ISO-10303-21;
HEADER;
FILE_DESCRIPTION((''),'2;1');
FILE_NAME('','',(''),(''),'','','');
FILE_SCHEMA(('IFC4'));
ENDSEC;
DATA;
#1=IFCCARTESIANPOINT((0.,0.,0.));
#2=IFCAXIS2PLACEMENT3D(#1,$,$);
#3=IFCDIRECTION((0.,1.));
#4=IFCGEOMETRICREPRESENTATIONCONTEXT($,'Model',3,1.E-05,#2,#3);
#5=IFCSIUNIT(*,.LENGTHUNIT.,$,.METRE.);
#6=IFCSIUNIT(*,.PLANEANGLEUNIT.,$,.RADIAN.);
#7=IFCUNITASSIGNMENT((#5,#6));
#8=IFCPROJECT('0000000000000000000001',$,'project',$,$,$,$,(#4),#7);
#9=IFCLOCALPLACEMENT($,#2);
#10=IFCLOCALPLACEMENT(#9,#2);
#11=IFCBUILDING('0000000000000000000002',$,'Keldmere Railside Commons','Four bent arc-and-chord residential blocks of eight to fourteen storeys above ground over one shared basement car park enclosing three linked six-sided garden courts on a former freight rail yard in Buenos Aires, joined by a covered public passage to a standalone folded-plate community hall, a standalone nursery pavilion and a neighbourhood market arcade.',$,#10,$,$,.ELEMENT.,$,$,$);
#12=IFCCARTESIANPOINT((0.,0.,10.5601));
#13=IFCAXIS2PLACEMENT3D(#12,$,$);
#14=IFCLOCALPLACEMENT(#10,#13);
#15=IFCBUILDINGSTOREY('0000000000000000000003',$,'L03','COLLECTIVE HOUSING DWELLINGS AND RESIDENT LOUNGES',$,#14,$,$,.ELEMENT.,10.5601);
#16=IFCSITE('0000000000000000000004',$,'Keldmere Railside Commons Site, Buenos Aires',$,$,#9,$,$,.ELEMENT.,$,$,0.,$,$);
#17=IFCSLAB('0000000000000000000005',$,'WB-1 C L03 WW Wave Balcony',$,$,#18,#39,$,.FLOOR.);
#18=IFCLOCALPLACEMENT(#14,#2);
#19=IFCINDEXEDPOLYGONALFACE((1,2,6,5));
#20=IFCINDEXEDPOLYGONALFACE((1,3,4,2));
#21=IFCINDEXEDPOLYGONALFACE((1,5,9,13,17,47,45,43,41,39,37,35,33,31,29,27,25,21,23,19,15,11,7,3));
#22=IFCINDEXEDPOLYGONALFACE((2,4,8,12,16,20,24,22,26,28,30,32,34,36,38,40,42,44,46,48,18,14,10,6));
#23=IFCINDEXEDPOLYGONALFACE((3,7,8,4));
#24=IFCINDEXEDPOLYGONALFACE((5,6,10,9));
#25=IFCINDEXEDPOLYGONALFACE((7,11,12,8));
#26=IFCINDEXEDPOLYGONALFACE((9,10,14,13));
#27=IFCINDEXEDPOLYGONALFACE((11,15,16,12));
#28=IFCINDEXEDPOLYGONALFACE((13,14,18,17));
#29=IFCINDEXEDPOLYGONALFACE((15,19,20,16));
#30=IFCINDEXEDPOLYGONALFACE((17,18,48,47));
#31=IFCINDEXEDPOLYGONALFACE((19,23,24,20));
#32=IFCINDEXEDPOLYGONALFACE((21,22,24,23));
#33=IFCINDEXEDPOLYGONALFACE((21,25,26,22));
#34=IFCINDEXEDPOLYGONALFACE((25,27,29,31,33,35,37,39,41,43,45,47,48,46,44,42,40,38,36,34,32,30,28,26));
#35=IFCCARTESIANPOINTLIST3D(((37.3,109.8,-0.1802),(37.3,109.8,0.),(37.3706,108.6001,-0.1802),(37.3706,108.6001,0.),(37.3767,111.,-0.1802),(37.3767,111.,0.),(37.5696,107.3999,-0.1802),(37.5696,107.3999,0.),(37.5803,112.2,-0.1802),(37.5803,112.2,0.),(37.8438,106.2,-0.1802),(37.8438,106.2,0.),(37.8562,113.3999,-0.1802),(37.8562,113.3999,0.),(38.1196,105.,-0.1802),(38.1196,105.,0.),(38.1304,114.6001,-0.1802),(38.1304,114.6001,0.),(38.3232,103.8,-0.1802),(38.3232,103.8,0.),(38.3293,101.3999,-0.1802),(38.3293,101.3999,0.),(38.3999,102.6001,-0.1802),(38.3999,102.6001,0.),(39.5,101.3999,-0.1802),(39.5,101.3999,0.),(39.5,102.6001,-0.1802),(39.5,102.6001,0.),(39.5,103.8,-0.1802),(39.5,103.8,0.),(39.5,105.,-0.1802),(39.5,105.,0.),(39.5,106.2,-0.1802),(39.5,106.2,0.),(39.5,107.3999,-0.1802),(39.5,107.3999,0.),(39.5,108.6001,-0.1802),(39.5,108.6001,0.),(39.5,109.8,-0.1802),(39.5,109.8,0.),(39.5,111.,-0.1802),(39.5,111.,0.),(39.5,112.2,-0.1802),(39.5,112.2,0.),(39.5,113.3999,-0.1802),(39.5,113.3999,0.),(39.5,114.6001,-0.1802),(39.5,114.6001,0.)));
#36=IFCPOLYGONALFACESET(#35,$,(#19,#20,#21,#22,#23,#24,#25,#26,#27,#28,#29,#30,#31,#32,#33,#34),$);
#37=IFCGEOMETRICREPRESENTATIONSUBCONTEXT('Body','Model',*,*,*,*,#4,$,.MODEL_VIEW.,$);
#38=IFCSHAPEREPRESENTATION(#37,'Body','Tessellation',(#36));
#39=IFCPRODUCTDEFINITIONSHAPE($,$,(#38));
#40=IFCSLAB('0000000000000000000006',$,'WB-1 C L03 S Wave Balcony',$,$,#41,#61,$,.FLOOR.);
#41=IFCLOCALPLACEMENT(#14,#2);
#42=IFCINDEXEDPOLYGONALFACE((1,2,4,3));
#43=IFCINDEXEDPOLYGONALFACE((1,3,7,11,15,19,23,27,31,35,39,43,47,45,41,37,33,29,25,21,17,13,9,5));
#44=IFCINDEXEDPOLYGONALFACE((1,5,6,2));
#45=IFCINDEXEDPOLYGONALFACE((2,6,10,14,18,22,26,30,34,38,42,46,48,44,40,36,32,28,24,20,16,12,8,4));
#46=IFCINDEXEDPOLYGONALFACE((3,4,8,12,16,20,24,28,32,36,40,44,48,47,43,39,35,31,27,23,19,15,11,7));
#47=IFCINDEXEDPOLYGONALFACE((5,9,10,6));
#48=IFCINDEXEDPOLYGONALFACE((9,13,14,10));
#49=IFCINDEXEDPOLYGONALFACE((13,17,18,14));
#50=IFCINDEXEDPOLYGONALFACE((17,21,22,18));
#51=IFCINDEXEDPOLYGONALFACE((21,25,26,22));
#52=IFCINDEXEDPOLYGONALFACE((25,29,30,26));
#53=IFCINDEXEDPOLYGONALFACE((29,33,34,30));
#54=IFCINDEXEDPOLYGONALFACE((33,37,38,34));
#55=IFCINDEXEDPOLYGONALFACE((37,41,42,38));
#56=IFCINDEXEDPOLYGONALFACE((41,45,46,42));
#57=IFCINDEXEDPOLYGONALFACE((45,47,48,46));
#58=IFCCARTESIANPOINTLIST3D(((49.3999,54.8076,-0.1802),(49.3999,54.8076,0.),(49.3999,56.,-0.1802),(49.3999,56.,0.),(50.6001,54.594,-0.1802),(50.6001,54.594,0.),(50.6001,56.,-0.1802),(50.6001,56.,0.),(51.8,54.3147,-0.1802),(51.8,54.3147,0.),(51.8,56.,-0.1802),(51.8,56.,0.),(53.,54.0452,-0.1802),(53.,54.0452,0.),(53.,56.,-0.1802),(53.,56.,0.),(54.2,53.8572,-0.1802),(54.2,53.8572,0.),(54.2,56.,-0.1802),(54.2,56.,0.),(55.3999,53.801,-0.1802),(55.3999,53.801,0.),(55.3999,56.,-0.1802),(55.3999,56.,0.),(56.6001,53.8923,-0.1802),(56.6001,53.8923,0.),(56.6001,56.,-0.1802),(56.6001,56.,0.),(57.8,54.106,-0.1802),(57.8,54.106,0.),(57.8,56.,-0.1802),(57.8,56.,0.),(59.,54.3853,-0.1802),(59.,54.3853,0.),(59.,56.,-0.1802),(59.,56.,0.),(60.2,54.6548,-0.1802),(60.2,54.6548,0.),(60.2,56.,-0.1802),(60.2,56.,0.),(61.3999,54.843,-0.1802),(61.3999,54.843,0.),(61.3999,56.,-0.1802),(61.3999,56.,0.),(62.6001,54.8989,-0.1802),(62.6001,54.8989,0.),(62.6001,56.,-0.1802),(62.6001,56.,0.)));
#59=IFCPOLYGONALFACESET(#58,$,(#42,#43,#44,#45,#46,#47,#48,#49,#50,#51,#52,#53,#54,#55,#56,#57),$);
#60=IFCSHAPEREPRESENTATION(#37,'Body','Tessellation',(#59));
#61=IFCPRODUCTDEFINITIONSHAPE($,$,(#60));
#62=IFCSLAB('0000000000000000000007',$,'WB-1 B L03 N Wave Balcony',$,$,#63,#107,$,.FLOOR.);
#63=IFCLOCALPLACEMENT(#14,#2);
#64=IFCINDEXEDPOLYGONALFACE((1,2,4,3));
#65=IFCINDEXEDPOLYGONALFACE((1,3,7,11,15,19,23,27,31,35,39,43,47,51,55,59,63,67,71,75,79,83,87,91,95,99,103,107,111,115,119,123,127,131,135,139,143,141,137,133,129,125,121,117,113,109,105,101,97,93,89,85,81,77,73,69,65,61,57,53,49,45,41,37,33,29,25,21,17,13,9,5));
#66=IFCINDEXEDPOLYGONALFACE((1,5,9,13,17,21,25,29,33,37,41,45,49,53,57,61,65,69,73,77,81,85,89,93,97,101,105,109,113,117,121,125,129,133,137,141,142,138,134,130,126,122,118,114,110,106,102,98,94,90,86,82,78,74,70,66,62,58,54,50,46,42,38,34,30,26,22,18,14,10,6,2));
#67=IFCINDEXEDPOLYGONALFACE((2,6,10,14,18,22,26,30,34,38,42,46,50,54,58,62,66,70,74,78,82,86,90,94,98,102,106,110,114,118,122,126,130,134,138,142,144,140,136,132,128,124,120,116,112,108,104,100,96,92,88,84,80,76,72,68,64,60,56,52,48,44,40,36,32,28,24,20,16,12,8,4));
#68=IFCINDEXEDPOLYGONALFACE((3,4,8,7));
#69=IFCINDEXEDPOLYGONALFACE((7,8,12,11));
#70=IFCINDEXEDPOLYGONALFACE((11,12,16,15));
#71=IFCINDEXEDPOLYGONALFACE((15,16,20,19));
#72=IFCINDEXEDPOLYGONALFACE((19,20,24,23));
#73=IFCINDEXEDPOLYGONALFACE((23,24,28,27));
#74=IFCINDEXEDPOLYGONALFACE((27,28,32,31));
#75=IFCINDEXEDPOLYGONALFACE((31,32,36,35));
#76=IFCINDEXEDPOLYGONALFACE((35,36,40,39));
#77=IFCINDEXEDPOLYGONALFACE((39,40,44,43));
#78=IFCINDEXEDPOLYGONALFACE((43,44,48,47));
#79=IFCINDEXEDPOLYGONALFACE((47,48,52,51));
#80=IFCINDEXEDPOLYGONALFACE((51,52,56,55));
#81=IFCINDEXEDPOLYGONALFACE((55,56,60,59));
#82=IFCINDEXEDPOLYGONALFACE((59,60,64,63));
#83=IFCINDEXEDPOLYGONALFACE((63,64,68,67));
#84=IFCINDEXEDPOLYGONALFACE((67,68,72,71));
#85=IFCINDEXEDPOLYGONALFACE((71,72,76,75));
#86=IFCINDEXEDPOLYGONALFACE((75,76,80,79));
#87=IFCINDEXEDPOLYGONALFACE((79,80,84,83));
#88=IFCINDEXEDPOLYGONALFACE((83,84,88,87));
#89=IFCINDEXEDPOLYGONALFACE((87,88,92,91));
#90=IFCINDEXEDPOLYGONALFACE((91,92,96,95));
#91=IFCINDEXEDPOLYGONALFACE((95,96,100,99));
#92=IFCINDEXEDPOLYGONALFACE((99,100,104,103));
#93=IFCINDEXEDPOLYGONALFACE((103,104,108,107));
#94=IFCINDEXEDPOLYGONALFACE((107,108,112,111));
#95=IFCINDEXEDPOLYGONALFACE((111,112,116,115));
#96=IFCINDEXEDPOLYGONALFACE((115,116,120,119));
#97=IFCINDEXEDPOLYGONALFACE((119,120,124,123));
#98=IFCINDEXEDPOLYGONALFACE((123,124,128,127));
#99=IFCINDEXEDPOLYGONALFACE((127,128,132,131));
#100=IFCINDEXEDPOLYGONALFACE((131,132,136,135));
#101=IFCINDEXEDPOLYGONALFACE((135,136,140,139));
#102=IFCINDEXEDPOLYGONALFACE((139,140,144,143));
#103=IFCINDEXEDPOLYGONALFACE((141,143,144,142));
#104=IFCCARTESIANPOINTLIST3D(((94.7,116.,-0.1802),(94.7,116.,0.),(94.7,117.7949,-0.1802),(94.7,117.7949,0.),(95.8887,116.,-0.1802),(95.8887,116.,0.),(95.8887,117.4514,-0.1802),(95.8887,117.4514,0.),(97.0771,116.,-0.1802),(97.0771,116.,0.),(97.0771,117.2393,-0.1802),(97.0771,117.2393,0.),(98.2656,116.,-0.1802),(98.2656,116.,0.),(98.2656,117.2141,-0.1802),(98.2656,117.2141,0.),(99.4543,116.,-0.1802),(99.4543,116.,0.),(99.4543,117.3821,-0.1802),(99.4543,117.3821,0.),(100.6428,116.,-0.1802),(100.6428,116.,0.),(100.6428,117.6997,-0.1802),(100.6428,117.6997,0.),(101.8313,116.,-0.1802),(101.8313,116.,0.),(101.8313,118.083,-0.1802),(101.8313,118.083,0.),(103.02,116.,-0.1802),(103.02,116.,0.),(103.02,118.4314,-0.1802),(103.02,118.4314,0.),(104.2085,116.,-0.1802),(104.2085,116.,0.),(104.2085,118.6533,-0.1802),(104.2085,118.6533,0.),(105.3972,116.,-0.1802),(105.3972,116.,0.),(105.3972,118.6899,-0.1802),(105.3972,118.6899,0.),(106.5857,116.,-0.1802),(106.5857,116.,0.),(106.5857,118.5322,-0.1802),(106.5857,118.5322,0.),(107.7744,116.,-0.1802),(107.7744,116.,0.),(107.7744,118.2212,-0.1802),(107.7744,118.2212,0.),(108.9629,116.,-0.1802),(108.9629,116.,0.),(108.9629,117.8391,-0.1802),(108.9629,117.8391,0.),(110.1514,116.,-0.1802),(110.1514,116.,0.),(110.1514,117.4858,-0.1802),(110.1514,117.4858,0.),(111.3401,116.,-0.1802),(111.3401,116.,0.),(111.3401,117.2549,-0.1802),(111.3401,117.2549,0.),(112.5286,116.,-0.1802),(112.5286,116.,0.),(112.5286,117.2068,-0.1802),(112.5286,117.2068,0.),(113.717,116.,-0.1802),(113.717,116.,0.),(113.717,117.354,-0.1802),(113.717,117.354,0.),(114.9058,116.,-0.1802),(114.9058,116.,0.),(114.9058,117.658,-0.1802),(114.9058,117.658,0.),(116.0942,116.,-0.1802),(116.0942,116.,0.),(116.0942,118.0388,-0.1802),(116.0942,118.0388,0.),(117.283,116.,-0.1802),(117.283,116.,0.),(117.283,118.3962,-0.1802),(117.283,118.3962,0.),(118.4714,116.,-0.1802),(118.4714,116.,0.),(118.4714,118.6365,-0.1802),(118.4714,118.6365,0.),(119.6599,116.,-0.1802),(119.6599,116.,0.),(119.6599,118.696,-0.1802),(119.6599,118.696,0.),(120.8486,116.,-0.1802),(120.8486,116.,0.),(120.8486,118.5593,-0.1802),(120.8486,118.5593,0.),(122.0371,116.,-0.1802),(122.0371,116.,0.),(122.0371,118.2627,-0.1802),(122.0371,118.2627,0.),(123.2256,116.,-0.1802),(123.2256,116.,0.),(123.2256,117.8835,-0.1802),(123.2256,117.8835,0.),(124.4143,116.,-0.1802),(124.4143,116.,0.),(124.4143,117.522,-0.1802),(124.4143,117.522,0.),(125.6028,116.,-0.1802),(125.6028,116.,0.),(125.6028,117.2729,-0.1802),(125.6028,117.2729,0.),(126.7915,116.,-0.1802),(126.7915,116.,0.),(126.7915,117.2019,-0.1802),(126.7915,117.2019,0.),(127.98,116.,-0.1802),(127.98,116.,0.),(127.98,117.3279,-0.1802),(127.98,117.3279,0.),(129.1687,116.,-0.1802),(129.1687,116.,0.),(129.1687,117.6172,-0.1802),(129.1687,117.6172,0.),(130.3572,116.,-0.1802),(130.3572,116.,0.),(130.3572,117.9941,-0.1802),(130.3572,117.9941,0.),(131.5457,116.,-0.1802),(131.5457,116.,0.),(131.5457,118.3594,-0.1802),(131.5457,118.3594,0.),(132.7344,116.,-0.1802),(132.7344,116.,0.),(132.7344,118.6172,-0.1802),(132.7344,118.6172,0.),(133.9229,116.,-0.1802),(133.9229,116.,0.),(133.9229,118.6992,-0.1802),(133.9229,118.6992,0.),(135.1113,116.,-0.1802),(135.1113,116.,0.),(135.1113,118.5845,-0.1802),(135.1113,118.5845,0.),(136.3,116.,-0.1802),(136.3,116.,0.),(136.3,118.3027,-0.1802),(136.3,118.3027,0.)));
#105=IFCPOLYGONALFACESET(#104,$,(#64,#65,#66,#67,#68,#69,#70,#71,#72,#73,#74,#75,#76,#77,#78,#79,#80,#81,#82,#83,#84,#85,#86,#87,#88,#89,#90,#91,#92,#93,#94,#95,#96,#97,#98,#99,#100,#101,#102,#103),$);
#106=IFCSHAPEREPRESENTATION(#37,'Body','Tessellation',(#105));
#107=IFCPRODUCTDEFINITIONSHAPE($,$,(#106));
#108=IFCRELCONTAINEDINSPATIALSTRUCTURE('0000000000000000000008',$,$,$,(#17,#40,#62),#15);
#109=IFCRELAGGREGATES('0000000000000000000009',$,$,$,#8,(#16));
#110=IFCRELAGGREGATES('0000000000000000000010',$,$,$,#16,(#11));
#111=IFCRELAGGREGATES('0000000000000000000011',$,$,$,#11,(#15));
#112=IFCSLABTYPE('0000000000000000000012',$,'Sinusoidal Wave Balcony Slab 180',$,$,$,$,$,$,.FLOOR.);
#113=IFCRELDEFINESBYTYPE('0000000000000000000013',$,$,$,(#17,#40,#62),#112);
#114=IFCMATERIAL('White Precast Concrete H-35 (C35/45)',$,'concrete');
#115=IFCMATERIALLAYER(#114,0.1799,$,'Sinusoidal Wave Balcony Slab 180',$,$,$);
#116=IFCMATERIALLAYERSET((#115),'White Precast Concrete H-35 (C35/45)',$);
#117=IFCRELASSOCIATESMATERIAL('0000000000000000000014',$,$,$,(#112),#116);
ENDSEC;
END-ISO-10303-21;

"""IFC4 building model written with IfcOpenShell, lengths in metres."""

from ifc_helpers import new_model, si_unit, direction, frame, origin, place, context, subcontext, project, spatial, polyline, outline, extrude, material, layer, layer_set, type_object, element, save


model = new_model("IFC4")

# Units and contexts
model_context = context("Model", 3, precision=1e-05, world=origin(), true_north=direction((0.0, 1.0)))
body_context = subcontext(model_context, "Body", "Model", "MODEL_VIEW")
ifc_project = project(units=[si_unit("LENGTHUNIT", "METRE"), si_unit("PLANEANGLEUNIT", "RADIAN")], contexts=[model_context])

# Site, building, storey
site_placement = place(None, origin())
site = spatial("IfcSite", under=ifc_project, at=site_placement, Name="Keldmere Railside Commons Site, Buenos Aires", CompositionType="ELEMENT", RefElevation=0.0)
building_placement = place(site_placement, origin())
building = spatial("IfcBuilding", under=site, at=building_placement, Name="Keldmere Railside Commons", Description="Four bent arc-and-chord residential blocks of eight to fourteen storeys above ground over one shared basement car park enclosing three linked six-sided garden courts on a former freight rail yard in Buenos Aires, joined by a covered public passage to a standalone folded-plate community hall, a standalone nursery pavilion and a neighbourhood market arcade.", CompositionType="ELEMENT")
storey_placement = place(building_placement, frame((0.0, 0.0, 10.5601)))
storey = spatial("IfcBuildingStorey", under=building, at=storey_placement, Name="L03", Description="COLLECTIVE HOUSING DWELLINGS AND RESIDENT LOUNGES", CompositionType="ELEMENT", Elevation=10.5601)

# Slabs
ifc_material_1 = material(Name="White Precast Concrete H-35 (C35/45)", Category="concrete")
ifc_layer_1 = layer(ifc_material_1, 0.1799, Name="Sinusoidal Wave Balcony Slab 180")
ifc_layer_set_1 = layer_set([ifc_layer_1], Name="White Precast Concrete H-35 (C35/45)")
slab_type = type_object("IfcSlabType", Name="Sinusoidal Wave Balcony Slab 180", PredefinedType="FLOOR", material=ifc_layer_set_1)
slab_1_placement = place(storey_placement, frame((0.0, 0.0, -0.1802)))
element("IfcSlab", 1, at=slab_1_placement, inside=storey, type_object=slab_type, Name="WB-1 C L03 WW Wave Balcony", PredefinedType="FLOOR", context=body_context, shape_type="SweptSolid", body=[
    extrude(outline(polyline([(39.5, 101.3999), (39.5, 102.6001), (39.5, 103.8), (39.5, 105.0), (39.5, 106.2), (39.5, 107.3999), (39.5, 108.6001), (39.5, 109.8), (39.5, 111.0), (39.5, 112.2), (39.5, 113.3999), (39.5, 114.6001), (38.1304, 114.6001), (37.8562, 113.3999), (37.5803, 112.2), (37.3767, 111.0), (37.3, 109.8), (37.3706, 108.6001), (37.5696, 107.3999), (37.8438, 106.2), (38.1196, 105.0), (38.3232, 103.8), (38.3999, 102.6001), (38.3293, 101.3999), (39.5, 101.3999)])), origin(), (0.0, 0.0, 1.0), 0.1802),
])
slab_2_placement = place(storey_placement, frame((0.0, 0.0, -0.1802)))
element("IfcSlab", 2, at=slab_2_placement, inside=storey, type_object=slab_type, Name="WB-1 C L03 S Wave Balcony", PredefinedType="FLOOR", context=body_context, shape_type="SweptSolid", body=[
    extrude(outline(polyline([(49.3999, 54.8076), (50.6001, 54.594), (51.8, 54.3147), (53.0, 54.0452), (54.2, 53.8572), (55.3999, 53.801), (56.6001, 53.8923), (57.8, 54.106), (59.0, 54.3853), (60.2, 54.6548), (61.3999, 54.843), (62.6001, 54.8989), (62.6001, 56.0), (61.3999, 56.0), (60.2, 56.0), (59.0, 56.0), (57.8, 56.0), (56.6001, 56.0), (55.3999, 56.0), (54.2, 56.0), (53.0, 56.0), (51.8, 56.0), (50.6001, 56.0), (49.3999, 56.0), (49.3999, 54.8076)])), origin(), (0.0, 0.0, 1.0), 0.1802),
])
slab_3_placement = place(storey_placement, frame((0.0, 0.0, -0.1802)))
element("IfcSlab", 3, at=slab_3_placement, inside=storey, type_object=slab_type, Name="WB-1 B L03 N Wave Balcony", PredefinedType="FLOOR", context=body_context, shape_type="SweptSolid", body=[
    extrude(outline(polyline([(94.7, 116.0), (95.8887, 116.0), (97.0771, 116.0), (98.2656, 116.0), (99.4543, 116.0), (100.6428, 116.0), (101.8313, 116.0), (103.02, 116.0), (104.2085, 116.0), (105.3972, 116.0), (106.5857, 116.0), (107.7744, 116.0), (108.9629, 116.0), (110.1514, 116.0), (111.3401, 116.0), (112.5286, 116.0), (113.717, 116.0), (114.9058, 116.0), (116.0942, 116.0), (117.283, 116.0), (118.4714, 116.0), (119.6599, 116.0), (120.8486, 116.0), (122.0371, 116.0), (123.2256, 116.0), (124.4143, 116.0), (125.6028, 116.0), (126.7915, 116.0), (127.98, 116.0), (129.1687, 116.0), (130.3572, 116.0), (131.5457, 116.0), (132.7344, 116.0), (133.9229, 116.0), (135.1113, 116.0), (136.3, 116.0), (136.3, 118.3027), (135.1113, 118.5845), (133.9229, 118.6992), (132.7344, 118.6172), (131.5457, 118.3594), (130.3572, 117.9941), (129.1687, 117.6172), (127.98, 117.3279), (126.7915, 117.2019), (125.6028, 117.2729), (124.4143, 117.522), (123.2256, 117.8835), (122.0371, 118.2627), (120.8486, 118.5593), (119.6599, 118.696), (118.4714, 118.6365), (117.283, 118.3962), (116.0942, 118.0388), (114.9058, 117.658), (113.717, 117.354), (112.5286, 117.2068), (111.3401, 117.2549), (110.1514, 117.4858), (108.9629, 117.8391), (107.7744, 118.2212), (106.5857, 118.5322), (105.3972, 118.6899), (104.2085, 118.6533), (103.02, 118.4314), (101.8313, 118.083), (100.6428, 117.6997), (99.4543, 117.3821), (98.2656, 117.2141), (97.0771, 117.2393), (95.8887, 117.4514), (94.7, 117.7949), (94.7, 116.0)])), origin(), (0.0, 0.0, 1.0), 0.1802),
])

save(model, "model.ifc")
